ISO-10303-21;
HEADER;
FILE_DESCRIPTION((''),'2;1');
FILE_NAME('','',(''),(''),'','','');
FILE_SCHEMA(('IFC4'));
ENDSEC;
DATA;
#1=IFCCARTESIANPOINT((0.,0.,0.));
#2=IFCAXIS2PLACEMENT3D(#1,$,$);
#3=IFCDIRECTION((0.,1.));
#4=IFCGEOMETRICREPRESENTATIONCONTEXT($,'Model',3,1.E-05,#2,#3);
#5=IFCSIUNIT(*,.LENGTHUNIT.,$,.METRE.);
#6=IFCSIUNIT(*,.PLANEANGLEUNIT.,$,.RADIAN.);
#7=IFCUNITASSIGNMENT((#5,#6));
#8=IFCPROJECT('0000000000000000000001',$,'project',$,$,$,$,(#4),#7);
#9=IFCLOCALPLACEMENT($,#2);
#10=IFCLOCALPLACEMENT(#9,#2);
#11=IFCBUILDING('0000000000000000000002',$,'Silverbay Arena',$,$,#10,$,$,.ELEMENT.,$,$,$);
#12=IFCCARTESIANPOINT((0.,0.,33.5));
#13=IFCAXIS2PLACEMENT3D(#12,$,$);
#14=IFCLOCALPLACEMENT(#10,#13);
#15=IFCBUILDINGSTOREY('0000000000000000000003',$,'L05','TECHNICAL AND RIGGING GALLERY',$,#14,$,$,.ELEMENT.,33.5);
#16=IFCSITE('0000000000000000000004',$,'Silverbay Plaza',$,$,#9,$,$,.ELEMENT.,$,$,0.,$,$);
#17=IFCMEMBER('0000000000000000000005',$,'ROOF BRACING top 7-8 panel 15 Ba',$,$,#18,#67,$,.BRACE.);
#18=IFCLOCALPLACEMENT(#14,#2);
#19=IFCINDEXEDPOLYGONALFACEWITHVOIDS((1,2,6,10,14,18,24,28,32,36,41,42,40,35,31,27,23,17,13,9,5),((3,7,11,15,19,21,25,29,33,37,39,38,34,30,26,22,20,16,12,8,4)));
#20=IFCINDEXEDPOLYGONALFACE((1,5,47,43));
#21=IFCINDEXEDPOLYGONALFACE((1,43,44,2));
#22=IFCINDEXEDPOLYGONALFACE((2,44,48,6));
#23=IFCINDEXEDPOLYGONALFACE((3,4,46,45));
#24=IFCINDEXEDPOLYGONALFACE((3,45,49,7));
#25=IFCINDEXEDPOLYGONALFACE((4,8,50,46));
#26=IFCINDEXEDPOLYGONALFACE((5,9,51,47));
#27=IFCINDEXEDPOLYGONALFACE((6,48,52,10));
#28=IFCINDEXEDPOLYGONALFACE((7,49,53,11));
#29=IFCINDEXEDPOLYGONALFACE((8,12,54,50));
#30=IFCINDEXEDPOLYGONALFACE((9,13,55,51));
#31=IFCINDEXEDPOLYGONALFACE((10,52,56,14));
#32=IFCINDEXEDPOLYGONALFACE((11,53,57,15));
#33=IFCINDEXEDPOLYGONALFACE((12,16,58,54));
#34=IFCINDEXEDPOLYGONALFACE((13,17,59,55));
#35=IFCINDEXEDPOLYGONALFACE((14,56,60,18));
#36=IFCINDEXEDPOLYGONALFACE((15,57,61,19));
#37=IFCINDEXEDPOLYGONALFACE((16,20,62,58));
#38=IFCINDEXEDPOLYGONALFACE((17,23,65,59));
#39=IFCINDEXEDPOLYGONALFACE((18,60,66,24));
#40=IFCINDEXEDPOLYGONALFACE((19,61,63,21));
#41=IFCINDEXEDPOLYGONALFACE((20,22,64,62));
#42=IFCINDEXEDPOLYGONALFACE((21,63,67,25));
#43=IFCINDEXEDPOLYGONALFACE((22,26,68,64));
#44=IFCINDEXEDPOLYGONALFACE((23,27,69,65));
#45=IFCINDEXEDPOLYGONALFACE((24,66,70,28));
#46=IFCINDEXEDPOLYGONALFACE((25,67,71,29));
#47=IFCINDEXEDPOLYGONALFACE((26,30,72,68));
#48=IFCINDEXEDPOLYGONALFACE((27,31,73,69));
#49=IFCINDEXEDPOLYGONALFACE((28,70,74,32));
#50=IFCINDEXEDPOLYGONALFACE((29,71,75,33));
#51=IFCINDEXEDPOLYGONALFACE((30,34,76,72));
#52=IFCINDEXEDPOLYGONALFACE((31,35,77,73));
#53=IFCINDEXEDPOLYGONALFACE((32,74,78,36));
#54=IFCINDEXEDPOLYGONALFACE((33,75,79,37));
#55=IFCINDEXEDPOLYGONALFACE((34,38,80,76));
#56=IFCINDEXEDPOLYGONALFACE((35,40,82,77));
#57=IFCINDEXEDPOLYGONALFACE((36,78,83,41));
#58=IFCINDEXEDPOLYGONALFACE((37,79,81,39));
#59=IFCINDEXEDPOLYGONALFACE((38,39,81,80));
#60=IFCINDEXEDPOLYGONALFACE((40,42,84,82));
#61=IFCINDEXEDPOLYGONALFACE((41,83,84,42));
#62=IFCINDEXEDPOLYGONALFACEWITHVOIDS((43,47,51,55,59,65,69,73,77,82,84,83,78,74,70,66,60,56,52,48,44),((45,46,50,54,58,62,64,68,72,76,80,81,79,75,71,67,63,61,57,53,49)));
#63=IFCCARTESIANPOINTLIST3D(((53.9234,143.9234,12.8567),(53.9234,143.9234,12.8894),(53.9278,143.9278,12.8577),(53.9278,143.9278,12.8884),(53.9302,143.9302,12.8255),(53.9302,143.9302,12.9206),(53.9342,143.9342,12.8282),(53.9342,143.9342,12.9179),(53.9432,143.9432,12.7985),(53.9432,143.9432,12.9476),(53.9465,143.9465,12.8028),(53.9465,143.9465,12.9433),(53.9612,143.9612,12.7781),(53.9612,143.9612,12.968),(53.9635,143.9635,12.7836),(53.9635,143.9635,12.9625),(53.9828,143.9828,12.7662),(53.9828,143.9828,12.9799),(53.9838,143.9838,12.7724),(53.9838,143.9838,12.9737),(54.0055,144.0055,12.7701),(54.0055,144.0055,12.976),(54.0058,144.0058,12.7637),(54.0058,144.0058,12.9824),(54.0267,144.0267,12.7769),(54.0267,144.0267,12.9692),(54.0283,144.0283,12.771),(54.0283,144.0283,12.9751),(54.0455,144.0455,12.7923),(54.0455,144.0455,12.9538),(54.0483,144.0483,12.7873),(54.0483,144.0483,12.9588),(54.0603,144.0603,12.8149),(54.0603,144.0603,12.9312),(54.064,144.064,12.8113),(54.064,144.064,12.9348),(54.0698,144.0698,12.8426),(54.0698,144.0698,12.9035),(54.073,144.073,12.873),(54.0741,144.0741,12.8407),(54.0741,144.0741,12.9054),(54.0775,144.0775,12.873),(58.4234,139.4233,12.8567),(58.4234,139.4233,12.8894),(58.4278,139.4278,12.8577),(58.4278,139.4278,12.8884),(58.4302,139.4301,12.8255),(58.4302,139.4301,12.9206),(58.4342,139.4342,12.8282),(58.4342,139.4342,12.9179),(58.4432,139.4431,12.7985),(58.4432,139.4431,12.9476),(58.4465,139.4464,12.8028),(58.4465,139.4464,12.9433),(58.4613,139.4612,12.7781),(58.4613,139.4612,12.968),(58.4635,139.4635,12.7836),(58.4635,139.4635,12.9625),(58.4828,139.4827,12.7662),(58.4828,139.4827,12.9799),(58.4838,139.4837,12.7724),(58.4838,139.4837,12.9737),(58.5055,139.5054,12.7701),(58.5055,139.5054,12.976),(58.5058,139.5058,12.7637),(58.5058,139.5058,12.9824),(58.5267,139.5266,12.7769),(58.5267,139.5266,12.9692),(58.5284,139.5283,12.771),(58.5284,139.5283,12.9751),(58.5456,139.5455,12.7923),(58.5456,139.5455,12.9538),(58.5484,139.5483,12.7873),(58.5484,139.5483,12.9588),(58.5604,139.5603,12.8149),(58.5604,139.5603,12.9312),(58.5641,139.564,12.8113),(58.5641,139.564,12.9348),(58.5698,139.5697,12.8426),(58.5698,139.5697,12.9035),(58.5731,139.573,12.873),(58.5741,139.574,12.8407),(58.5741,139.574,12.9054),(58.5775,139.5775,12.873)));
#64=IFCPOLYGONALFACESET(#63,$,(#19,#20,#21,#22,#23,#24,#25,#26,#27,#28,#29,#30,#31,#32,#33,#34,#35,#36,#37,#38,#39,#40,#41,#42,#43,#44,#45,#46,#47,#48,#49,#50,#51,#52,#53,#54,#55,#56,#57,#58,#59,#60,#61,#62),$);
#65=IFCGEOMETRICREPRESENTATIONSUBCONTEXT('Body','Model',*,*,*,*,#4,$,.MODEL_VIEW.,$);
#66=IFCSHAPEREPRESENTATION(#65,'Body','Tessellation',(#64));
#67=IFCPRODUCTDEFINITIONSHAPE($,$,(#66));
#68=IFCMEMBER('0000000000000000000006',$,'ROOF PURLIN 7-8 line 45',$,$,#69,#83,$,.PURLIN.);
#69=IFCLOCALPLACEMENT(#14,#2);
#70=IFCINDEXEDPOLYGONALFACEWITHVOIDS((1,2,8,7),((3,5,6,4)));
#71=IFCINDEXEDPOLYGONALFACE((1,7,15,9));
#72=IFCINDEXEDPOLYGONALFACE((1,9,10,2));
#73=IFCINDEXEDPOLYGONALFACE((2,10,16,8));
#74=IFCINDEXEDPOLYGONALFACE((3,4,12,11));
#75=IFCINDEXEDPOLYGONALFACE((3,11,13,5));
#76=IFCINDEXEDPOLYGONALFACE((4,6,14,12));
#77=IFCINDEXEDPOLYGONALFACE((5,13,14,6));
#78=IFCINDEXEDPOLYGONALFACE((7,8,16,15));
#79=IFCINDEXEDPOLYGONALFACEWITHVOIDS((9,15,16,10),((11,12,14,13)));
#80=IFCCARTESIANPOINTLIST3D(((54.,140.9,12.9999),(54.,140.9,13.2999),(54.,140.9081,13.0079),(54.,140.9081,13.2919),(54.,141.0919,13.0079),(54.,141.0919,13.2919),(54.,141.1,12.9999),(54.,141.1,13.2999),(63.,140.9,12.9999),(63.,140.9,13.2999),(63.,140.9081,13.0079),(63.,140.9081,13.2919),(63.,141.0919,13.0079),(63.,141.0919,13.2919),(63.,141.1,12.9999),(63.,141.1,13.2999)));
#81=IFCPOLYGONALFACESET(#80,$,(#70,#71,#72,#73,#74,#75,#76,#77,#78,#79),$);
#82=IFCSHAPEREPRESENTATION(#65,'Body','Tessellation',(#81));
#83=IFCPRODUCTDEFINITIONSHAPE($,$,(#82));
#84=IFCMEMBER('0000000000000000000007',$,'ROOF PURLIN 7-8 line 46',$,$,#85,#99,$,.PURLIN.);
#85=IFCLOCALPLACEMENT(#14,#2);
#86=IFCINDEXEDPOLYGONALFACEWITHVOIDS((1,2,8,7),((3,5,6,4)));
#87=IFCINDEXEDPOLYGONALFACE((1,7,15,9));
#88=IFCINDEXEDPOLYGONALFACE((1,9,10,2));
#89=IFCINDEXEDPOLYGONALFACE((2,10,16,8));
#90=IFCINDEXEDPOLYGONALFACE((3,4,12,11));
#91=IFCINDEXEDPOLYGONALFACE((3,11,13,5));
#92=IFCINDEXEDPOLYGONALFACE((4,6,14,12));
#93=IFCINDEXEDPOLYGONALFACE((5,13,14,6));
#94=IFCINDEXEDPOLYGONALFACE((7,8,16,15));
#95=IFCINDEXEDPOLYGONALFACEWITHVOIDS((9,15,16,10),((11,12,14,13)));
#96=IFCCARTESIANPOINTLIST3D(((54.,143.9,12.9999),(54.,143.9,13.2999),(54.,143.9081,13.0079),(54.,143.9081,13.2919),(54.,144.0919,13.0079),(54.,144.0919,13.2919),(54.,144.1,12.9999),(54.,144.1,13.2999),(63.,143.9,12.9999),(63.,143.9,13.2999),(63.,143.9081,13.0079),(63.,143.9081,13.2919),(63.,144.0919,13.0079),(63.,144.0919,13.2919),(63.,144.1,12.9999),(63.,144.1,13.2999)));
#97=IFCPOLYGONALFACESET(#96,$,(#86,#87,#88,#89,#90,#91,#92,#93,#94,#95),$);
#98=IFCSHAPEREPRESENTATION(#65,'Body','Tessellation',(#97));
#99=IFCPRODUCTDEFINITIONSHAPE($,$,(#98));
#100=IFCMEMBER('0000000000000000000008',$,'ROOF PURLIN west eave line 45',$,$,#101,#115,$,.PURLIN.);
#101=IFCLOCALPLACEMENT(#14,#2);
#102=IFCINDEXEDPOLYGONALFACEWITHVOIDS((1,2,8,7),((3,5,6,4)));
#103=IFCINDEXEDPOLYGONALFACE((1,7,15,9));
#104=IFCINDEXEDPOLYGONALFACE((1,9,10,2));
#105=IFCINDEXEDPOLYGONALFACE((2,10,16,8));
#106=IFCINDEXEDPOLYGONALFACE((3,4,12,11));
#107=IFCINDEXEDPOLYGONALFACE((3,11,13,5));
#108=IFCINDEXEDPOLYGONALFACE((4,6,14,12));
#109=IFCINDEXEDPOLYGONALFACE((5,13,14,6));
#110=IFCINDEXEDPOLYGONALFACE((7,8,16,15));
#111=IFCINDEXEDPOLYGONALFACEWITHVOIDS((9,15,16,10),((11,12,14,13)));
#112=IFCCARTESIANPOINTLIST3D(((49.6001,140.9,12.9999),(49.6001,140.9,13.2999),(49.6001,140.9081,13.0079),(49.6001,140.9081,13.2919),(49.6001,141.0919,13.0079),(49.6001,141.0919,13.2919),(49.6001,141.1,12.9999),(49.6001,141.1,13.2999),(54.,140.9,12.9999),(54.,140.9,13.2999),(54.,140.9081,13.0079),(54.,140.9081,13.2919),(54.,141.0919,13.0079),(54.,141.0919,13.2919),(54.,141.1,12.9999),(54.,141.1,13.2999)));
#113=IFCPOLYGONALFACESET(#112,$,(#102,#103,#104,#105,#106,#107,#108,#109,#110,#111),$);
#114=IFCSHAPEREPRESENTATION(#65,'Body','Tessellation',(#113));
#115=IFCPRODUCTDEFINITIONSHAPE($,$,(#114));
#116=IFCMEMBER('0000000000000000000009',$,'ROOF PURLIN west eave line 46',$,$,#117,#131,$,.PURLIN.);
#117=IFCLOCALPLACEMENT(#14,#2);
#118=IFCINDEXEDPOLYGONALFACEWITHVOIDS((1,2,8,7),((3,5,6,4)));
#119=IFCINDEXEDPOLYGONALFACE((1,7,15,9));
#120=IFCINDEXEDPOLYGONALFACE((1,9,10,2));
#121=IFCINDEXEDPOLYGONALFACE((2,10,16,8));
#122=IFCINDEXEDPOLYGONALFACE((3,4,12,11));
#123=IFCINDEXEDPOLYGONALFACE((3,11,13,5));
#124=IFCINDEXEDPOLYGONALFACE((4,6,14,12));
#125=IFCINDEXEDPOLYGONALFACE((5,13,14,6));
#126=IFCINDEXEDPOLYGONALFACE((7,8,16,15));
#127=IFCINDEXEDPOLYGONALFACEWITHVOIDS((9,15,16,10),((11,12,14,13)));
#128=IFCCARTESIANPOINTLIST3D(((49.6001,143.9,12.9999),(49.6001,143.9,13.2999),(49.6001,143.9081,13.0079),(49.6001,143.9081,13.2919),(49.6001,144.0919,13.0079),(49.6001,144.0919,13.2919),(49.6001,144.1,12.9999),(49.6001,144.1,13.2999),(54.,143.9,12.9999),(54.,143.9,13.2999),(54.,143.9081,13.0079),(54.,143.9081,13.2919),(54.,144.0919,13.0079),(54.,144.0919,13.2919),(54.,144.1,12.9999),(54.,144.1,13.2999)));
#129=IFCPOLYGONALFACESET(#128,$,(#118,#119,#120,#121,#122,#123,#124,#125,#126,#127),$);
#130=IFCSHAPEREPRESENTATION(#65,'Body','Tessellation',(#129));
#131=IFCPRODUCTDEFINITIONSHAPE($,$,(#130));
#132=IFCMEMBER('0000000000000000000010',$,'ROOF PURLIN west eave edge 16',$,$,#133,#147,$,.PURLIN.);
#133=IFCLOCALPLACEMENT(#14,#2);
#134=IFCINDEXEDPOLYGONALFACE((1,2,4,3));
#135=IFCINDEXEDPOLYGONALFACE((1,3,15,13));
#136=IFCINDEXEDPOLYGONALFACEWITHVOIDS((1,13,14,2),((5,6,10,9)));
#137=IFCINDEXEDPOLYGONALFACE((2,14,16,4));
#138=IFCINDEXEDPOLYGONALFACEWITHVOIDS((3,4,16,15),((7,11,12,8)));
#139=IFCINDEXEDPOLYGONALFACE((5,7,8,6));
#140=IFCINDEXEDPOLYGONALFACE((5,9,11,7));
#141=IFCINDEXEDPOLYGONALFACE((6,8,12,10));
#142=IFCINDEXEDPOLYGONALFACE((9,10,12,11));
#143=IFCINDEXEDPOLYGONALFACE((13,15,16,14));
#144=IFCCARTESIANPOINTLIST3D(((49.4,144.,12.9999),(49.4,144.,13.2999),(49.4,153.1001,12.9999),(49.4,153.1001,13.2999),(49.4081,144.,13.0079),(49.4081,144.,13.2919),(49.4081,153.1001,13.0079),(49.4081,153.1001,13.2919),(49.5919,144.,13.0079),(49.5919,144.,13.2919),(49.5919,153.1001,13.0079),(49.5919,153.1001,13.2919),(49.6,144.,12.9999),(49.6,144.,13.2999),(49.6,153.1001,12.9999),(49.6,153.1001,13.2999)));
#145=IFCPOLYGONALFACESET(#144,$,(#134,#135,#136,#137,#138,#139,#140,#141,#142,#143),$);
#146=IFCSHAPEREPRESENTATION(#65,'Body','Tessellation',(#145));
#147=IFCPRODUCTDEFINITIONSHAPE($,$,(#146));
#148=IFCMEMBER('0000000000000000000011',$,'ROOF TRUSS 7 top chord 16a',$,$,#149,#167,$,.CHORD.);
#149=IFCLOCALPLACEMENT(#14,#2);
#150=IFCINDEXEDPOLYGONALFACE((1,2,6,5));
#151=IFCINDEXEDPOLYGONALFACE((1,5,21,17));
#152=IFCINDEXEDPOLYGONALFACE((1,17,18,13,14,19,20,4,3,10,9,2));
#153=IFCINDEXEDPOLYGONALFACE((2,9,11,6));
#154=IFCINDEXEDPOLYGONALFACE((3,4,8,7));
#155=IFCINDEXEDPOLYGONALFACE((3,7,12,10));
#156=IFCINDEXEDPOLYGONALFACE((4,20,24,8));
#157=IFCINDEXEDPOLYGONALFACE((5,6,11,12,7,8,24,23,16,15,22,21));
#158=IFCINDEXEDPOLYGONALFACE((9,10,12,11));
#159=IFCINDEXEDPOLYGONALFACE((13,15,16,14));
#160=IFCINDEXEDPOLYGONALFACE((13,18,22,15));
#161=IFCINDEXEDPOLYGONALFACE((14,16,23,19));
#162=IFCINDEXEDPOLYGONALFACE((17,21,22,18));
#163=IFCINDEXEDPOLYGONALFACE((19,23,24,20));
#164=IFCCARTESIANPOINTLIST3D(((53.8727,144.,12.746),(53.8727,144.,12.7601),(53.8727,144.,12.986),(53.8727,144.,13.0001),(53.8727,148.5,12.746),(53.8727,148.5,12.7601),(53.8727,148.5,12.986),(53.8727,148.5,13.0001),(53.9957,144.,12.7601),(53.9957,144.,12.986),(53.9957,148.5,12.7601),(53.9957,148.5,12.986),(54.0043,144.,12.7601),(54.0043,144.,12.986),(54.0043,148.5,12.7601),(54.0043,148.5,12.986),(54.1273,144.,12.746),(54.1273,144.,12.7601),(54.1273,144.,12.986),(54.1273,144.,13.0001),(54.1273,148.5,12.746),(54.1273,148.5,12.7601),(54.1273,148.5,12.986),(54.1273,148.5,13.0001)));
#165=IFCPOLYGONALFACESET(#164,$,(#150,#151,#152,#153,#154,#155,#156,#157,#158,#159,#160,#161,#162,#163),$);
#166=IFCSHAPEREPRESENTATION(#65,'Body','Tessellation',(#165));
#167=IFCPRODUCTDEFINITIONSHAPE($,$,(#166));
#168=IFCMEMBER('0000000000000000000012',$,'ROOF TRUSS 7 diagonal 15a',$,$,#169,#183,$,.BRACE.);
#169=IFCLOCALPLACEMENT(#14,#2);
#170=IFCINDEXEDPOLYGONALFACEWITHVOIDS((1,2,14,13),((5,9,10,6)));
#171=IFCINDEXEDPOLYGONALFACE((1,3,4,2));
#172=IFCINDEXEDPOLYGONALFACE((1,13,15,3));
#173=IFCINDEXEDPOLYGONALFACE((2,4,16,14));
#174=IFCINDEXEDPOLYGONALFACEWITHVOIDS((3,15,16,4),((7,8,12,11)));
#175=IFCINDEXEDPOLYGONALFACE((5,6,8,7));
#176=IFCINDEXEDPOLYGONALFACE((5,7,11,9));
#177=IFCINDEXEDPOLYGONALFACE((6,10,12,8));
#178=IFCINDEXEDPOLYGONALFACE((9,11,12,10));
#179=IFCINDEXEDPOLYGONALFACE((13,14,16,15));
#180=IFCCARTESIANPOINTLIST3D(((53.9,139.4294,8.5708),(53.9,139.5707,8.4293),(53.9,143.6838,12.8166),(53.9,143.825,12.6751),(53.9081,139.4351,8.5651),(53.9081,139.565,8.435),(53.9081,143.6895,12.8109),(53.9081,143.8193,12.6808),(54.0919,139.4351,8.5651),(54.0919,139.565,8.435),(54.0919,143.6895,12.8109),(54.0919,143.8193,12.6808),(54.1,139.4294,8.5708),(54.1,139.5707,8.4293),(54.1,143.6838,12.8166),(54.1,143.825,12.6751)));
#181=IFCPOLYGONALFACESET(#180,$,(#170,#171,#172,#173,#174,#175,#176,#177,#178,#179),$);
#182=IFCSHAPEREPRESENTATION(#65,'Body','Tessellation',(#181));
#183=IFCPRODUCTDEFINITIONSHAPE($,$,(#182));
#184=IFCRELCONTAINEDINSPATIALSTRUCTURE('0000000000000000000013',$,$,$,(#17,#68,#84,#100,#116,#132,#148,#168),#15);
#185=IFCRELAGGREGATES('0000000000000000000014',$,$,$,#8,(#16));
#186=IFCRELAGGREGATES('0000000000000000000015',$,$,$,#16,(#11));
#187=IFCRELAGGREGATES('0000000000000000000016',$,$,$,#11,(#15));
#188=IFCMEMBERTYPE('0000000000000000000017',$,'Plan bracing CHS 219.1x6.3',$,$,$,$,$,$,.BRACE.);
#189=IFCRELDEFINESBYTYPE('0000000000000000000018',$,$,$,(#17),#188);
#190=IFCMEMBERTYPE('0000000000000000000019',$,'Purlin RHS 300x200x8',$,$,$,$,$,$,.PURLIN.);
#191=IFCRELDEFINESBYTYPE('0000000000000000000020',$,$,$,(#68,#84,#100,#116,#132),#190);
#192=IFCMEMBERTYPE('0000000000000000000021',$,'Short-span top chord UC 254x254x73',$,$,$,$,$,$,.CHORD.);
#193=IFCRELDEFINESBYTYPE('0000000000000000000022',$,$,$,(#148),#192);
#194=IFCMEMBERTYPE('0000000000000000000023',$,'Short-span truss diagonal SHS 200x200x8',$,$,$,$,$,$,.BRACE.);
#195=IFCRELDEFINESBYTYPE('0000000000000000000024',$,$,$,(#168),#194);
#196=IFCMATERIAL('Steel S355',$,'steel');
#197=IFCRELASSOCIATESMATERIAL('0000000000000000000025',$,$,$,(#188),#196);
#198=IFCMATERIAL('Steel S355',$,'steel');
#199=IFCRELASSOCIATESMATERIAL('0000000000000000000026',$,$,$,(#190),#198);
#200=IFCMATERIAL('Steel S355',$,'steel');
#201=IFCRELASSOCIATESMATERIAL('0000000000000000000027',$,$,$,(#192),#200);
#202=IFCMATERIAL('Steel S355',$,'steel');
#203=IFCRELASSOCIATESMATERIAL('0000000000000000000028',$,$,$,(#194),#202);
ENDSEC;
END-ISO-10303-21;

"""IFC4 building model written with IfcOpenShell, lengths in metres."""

from ifc_helpers import new_model, si_unit, direction, frame, origin, origin_2d, place, context, subcontext, project, spatial, hollow_rectangle, hollow_circle, i_section, extrude, material, material_profile, profile_set, type_object, element, save


model = new_model("IFC4")

# Units and contexts
model_context = context("Model", 3, precision=1e-05, world=origin(), true_north=direction((0.0, 1.0)))
body_context = subcontext(model_context, "Body", "Model", "MODEL_VIEW")
ifc_project = project(units=[si_unit("LENGTHUNIT", "METRE"), si_unit("PLANEANGLEUNIT", "RADIAN")], contexts=[model_context])

# Site, building, storey
site_placement = place(None, origin())
site = spatial("IfcSite", under=ifc_project, at=site_placement, Name="Silverbay Plaza", CompositionType="ELEMENT", RefElevation=0.0)
building_placement = place(site_placement, origin())
building = spatial("IfcBuilding", under=site, at=building_placement, Name="Silverbay Arena", CompositionType="ELEMENT")
storey_placement = place(building_placement, frame((0.0, 0.0, 33.5)))
storey = spatial("IfcBuildingStorey", under=building, at=storey_placement, Name="L05", Description="TECHNICAL AND RIGGING GALLERY", CompositionType="ELEMENT", Elevation=33.5)

# Members
ifc_material_1 = material(Name="Steel S355", Category="steel")
ifc_material_profile_1 = material_profile(ifc_material_1, hollow_circle(Radius=0.1096, WallThickness=0.0063, at=origin_2d()), Name="CHS 219.1x6.3")
ifc_profile_set_1 = profile_set([ifc_material_profile_1], Name="Steel S355")
member_type_1 = type_object("IfcMemberType", Name="Plan bracing CHS 219.1x6.3", PredefinedType="BRACE", material=ifc_profile_set_1)
member_1_placement = place(storey_placement, frame((54.0, 144.0, 12.873), z_axis=(0.707107, -0.707107, 0.0), x_axis=(0.707107, 0.707107, 0.0)))
element("IfcMember", 1, at=member_1_placement, inside=storey, type_object=member_type_1, Name="ROOF BRACING top 7-8 panel 15 Ba", PredefinedType="BRACE", context=body_context, shape_type="SweptSolid", body=[
    extrude(hollow_circle(Radius=0.1096, WallThickness=0.0063, at=origin_2d()), origin(), (0.0, 0.0, 1.0), 6.364),
])
ifc_material_2 = material(Name="Steel S355", Category="steel")
ifc_material_profile_2 = material_profile(ifc_material_2, hollow_rectangle(XDim=0.2, YDim=0.3, WallThickness=0.0081, at=origin_2d()), Name="RHS 300x200x8")
ifc_profile_set_2 = profile_set([ifc_material_profile_2], Name="Steel S355")
member_type_2 = type_object("IfcMemberType", Name="Purlin RHS 300x200x8", PredefinedType="PURLIN", material=ifc_profile_set_2)
for number, where, z_axis, x_axis, name in (
    (2, (54.0, 141.0, 13.1499), (1.0, 0.0, 0.0), (0.0, 1.0, 0.0), "ROOF PURLIN 7-8 line 45"),
    (3, (54.0, 144.0, 13.1499), (1.0, 0.0, 0.0), (0.0, 1.0, 0.0), "ROOF PURLIN 7-8 line 46"),
):
    element("IfcMember", number, at=place(storey_placement, frame(where, z_axis=z_axis, x_axis=x_axis)), inside=storey, type_object=member_type_2, Name=name, PredefinedType="PURLIN", context=body_context, shape_type="SweptSolid", body=[
        extrude(hollow_rectangle(XDim=0.2, YDim=0.3, WallThickness=0.0081, at=origin_2d()), origin(), (0.0, 0.0, 1.0), 9.0),
    ])
for number, where, z_axis, x_axis, name in (
    (4, (49.6001, 141.0, 13.1499), (1.0, 0.0, 0.0), (0.0, 1.0, 0.0), "ROOF PURLIN west eave line 45"),
    (5, (49.6001, 144.0, 13.1499), (1.0, 0.0, 0.0), (0.0, 1.0, 0.0), "ROOF PURLIN west eave line 46"),
):
    element("IfcMember", number, at=place(storey_placement, frame(where, z_axis=z_axis, x_axis=x_axis)), inside=storey, type_object=member_type_2, Name=name, PredefinedType="PURLIN", context=body_context, shape_type="SweptSolid", body=[
        extrude(hollow_rectangle(XDim=0.2, YDim=0.3, WallThickness=0.0081, at=origin_2d()), origin(), (0.0, 0.0, 1.0), 4.3999),
    ])
member_2_placement = place(storey_placement, frame((49.5, 144.0, 13.1499), z_axis=(0.0, 1.0, 0.0), x_axis=(-1.0, 0.0, 0.0)))
element("IfcMember", 6, at=member_2_placement, inside=storey, type_object=member_type_2, Name="ROOF PURLIN west eave edge 16", PredefinedType="PURLIN", context=body_context, shape_type="SweptSolid", body=[
    extrude(hollow_rectangle(XDim=0.2, YDim=0.3, WallThickness=0.0081, at=origin_2d()), origin(), (0.0, 0.0, 1.0), 9.1001),
])
ifc_material_3 = material(Name="Steel S355", Category="steel")
ifc_material_profile_3 = material_profile(ifc_material_3, i_section(OverallWidth=0.2546, OverallDepth=0.2542, WebThickness=0.0085, FlangeThickness=0.0142, at=origin_2d()), Name="UC 254x254x73")
ifc_profile_set_3 = profile_set([ifc_material_profile_3], Name="Steel S355")
member_type_3 = type_object("IfcMemberType", Name="Short-span top chord UC 254x254x73", PredefinedType="CHORD", material=ifc_profile_set_3)
member_3_placement = place(storey_placement, frame((54.0, 144.0, 12.873), z_axis=(0.0, 1.0, 0.0), x_axis=(-1.0, 0.0, 0.0)))
element("IfcMember", 7, at=member_3_placement, inside=storey, type_object=member_type_3, Name="ROOF TRUSS 7 top chord 16a", PredefinedType="CHORD", context=body_context, shape_type="SweptSolid", body=[
    extrude(i_section(OverallWidth=0.2546, OverallDepth=0.2542, WebThickness=0.0085, FlangeThickness=0.0142, at=origin_2d()), origin(), (0.0, 0.0, 1.0), 4.5),
])
ifc_material_4 = material(Name="Steel S355", Category="steel")
ifc_material_profile_4 = material_profile(ifc_material_4, hollow_rectangle(XDim=0.2, YDim=0.2, WallThickness=0.0081, at=origin_2d()), Name="SHS 200x200x8")
ifc_profile_set_4 = profile_set([ifc_material_profile_4], Name="Steel S355")
member_type_4 = type_object("IfcMemberType", Name="Short-span truss diagonal SHS 200x200x8", PredefinedType="BRACE", material=ifc_profile_set_4)
for number, where, z_axis, x_axis, name in (
    (8, (54.0, 143.7544, 12.7458), (0.0, -0.707817, -0.706396), (1.0, 0.0, 0.0), "ROOF TRUSS 7 diagonal 15a"),
):
    element("IfcMember", number, at=place(storey_placement, frame(where, z_axis=z_axis, x_axis=x_axis)), inside=storey, type_object=member_type_4, Name=name, PredefinedType="BRACE", context=body_context, shape_type="SweptSolid", body=[
        extrude(hollow_rectangle(XDim=0.2, YDim=0.2, WallThickness=0.0081, at=origin_2d()), origin(), (0.0, 0.0, 1.0), 6.0105),
    ])

save(model, "model.ifc")
